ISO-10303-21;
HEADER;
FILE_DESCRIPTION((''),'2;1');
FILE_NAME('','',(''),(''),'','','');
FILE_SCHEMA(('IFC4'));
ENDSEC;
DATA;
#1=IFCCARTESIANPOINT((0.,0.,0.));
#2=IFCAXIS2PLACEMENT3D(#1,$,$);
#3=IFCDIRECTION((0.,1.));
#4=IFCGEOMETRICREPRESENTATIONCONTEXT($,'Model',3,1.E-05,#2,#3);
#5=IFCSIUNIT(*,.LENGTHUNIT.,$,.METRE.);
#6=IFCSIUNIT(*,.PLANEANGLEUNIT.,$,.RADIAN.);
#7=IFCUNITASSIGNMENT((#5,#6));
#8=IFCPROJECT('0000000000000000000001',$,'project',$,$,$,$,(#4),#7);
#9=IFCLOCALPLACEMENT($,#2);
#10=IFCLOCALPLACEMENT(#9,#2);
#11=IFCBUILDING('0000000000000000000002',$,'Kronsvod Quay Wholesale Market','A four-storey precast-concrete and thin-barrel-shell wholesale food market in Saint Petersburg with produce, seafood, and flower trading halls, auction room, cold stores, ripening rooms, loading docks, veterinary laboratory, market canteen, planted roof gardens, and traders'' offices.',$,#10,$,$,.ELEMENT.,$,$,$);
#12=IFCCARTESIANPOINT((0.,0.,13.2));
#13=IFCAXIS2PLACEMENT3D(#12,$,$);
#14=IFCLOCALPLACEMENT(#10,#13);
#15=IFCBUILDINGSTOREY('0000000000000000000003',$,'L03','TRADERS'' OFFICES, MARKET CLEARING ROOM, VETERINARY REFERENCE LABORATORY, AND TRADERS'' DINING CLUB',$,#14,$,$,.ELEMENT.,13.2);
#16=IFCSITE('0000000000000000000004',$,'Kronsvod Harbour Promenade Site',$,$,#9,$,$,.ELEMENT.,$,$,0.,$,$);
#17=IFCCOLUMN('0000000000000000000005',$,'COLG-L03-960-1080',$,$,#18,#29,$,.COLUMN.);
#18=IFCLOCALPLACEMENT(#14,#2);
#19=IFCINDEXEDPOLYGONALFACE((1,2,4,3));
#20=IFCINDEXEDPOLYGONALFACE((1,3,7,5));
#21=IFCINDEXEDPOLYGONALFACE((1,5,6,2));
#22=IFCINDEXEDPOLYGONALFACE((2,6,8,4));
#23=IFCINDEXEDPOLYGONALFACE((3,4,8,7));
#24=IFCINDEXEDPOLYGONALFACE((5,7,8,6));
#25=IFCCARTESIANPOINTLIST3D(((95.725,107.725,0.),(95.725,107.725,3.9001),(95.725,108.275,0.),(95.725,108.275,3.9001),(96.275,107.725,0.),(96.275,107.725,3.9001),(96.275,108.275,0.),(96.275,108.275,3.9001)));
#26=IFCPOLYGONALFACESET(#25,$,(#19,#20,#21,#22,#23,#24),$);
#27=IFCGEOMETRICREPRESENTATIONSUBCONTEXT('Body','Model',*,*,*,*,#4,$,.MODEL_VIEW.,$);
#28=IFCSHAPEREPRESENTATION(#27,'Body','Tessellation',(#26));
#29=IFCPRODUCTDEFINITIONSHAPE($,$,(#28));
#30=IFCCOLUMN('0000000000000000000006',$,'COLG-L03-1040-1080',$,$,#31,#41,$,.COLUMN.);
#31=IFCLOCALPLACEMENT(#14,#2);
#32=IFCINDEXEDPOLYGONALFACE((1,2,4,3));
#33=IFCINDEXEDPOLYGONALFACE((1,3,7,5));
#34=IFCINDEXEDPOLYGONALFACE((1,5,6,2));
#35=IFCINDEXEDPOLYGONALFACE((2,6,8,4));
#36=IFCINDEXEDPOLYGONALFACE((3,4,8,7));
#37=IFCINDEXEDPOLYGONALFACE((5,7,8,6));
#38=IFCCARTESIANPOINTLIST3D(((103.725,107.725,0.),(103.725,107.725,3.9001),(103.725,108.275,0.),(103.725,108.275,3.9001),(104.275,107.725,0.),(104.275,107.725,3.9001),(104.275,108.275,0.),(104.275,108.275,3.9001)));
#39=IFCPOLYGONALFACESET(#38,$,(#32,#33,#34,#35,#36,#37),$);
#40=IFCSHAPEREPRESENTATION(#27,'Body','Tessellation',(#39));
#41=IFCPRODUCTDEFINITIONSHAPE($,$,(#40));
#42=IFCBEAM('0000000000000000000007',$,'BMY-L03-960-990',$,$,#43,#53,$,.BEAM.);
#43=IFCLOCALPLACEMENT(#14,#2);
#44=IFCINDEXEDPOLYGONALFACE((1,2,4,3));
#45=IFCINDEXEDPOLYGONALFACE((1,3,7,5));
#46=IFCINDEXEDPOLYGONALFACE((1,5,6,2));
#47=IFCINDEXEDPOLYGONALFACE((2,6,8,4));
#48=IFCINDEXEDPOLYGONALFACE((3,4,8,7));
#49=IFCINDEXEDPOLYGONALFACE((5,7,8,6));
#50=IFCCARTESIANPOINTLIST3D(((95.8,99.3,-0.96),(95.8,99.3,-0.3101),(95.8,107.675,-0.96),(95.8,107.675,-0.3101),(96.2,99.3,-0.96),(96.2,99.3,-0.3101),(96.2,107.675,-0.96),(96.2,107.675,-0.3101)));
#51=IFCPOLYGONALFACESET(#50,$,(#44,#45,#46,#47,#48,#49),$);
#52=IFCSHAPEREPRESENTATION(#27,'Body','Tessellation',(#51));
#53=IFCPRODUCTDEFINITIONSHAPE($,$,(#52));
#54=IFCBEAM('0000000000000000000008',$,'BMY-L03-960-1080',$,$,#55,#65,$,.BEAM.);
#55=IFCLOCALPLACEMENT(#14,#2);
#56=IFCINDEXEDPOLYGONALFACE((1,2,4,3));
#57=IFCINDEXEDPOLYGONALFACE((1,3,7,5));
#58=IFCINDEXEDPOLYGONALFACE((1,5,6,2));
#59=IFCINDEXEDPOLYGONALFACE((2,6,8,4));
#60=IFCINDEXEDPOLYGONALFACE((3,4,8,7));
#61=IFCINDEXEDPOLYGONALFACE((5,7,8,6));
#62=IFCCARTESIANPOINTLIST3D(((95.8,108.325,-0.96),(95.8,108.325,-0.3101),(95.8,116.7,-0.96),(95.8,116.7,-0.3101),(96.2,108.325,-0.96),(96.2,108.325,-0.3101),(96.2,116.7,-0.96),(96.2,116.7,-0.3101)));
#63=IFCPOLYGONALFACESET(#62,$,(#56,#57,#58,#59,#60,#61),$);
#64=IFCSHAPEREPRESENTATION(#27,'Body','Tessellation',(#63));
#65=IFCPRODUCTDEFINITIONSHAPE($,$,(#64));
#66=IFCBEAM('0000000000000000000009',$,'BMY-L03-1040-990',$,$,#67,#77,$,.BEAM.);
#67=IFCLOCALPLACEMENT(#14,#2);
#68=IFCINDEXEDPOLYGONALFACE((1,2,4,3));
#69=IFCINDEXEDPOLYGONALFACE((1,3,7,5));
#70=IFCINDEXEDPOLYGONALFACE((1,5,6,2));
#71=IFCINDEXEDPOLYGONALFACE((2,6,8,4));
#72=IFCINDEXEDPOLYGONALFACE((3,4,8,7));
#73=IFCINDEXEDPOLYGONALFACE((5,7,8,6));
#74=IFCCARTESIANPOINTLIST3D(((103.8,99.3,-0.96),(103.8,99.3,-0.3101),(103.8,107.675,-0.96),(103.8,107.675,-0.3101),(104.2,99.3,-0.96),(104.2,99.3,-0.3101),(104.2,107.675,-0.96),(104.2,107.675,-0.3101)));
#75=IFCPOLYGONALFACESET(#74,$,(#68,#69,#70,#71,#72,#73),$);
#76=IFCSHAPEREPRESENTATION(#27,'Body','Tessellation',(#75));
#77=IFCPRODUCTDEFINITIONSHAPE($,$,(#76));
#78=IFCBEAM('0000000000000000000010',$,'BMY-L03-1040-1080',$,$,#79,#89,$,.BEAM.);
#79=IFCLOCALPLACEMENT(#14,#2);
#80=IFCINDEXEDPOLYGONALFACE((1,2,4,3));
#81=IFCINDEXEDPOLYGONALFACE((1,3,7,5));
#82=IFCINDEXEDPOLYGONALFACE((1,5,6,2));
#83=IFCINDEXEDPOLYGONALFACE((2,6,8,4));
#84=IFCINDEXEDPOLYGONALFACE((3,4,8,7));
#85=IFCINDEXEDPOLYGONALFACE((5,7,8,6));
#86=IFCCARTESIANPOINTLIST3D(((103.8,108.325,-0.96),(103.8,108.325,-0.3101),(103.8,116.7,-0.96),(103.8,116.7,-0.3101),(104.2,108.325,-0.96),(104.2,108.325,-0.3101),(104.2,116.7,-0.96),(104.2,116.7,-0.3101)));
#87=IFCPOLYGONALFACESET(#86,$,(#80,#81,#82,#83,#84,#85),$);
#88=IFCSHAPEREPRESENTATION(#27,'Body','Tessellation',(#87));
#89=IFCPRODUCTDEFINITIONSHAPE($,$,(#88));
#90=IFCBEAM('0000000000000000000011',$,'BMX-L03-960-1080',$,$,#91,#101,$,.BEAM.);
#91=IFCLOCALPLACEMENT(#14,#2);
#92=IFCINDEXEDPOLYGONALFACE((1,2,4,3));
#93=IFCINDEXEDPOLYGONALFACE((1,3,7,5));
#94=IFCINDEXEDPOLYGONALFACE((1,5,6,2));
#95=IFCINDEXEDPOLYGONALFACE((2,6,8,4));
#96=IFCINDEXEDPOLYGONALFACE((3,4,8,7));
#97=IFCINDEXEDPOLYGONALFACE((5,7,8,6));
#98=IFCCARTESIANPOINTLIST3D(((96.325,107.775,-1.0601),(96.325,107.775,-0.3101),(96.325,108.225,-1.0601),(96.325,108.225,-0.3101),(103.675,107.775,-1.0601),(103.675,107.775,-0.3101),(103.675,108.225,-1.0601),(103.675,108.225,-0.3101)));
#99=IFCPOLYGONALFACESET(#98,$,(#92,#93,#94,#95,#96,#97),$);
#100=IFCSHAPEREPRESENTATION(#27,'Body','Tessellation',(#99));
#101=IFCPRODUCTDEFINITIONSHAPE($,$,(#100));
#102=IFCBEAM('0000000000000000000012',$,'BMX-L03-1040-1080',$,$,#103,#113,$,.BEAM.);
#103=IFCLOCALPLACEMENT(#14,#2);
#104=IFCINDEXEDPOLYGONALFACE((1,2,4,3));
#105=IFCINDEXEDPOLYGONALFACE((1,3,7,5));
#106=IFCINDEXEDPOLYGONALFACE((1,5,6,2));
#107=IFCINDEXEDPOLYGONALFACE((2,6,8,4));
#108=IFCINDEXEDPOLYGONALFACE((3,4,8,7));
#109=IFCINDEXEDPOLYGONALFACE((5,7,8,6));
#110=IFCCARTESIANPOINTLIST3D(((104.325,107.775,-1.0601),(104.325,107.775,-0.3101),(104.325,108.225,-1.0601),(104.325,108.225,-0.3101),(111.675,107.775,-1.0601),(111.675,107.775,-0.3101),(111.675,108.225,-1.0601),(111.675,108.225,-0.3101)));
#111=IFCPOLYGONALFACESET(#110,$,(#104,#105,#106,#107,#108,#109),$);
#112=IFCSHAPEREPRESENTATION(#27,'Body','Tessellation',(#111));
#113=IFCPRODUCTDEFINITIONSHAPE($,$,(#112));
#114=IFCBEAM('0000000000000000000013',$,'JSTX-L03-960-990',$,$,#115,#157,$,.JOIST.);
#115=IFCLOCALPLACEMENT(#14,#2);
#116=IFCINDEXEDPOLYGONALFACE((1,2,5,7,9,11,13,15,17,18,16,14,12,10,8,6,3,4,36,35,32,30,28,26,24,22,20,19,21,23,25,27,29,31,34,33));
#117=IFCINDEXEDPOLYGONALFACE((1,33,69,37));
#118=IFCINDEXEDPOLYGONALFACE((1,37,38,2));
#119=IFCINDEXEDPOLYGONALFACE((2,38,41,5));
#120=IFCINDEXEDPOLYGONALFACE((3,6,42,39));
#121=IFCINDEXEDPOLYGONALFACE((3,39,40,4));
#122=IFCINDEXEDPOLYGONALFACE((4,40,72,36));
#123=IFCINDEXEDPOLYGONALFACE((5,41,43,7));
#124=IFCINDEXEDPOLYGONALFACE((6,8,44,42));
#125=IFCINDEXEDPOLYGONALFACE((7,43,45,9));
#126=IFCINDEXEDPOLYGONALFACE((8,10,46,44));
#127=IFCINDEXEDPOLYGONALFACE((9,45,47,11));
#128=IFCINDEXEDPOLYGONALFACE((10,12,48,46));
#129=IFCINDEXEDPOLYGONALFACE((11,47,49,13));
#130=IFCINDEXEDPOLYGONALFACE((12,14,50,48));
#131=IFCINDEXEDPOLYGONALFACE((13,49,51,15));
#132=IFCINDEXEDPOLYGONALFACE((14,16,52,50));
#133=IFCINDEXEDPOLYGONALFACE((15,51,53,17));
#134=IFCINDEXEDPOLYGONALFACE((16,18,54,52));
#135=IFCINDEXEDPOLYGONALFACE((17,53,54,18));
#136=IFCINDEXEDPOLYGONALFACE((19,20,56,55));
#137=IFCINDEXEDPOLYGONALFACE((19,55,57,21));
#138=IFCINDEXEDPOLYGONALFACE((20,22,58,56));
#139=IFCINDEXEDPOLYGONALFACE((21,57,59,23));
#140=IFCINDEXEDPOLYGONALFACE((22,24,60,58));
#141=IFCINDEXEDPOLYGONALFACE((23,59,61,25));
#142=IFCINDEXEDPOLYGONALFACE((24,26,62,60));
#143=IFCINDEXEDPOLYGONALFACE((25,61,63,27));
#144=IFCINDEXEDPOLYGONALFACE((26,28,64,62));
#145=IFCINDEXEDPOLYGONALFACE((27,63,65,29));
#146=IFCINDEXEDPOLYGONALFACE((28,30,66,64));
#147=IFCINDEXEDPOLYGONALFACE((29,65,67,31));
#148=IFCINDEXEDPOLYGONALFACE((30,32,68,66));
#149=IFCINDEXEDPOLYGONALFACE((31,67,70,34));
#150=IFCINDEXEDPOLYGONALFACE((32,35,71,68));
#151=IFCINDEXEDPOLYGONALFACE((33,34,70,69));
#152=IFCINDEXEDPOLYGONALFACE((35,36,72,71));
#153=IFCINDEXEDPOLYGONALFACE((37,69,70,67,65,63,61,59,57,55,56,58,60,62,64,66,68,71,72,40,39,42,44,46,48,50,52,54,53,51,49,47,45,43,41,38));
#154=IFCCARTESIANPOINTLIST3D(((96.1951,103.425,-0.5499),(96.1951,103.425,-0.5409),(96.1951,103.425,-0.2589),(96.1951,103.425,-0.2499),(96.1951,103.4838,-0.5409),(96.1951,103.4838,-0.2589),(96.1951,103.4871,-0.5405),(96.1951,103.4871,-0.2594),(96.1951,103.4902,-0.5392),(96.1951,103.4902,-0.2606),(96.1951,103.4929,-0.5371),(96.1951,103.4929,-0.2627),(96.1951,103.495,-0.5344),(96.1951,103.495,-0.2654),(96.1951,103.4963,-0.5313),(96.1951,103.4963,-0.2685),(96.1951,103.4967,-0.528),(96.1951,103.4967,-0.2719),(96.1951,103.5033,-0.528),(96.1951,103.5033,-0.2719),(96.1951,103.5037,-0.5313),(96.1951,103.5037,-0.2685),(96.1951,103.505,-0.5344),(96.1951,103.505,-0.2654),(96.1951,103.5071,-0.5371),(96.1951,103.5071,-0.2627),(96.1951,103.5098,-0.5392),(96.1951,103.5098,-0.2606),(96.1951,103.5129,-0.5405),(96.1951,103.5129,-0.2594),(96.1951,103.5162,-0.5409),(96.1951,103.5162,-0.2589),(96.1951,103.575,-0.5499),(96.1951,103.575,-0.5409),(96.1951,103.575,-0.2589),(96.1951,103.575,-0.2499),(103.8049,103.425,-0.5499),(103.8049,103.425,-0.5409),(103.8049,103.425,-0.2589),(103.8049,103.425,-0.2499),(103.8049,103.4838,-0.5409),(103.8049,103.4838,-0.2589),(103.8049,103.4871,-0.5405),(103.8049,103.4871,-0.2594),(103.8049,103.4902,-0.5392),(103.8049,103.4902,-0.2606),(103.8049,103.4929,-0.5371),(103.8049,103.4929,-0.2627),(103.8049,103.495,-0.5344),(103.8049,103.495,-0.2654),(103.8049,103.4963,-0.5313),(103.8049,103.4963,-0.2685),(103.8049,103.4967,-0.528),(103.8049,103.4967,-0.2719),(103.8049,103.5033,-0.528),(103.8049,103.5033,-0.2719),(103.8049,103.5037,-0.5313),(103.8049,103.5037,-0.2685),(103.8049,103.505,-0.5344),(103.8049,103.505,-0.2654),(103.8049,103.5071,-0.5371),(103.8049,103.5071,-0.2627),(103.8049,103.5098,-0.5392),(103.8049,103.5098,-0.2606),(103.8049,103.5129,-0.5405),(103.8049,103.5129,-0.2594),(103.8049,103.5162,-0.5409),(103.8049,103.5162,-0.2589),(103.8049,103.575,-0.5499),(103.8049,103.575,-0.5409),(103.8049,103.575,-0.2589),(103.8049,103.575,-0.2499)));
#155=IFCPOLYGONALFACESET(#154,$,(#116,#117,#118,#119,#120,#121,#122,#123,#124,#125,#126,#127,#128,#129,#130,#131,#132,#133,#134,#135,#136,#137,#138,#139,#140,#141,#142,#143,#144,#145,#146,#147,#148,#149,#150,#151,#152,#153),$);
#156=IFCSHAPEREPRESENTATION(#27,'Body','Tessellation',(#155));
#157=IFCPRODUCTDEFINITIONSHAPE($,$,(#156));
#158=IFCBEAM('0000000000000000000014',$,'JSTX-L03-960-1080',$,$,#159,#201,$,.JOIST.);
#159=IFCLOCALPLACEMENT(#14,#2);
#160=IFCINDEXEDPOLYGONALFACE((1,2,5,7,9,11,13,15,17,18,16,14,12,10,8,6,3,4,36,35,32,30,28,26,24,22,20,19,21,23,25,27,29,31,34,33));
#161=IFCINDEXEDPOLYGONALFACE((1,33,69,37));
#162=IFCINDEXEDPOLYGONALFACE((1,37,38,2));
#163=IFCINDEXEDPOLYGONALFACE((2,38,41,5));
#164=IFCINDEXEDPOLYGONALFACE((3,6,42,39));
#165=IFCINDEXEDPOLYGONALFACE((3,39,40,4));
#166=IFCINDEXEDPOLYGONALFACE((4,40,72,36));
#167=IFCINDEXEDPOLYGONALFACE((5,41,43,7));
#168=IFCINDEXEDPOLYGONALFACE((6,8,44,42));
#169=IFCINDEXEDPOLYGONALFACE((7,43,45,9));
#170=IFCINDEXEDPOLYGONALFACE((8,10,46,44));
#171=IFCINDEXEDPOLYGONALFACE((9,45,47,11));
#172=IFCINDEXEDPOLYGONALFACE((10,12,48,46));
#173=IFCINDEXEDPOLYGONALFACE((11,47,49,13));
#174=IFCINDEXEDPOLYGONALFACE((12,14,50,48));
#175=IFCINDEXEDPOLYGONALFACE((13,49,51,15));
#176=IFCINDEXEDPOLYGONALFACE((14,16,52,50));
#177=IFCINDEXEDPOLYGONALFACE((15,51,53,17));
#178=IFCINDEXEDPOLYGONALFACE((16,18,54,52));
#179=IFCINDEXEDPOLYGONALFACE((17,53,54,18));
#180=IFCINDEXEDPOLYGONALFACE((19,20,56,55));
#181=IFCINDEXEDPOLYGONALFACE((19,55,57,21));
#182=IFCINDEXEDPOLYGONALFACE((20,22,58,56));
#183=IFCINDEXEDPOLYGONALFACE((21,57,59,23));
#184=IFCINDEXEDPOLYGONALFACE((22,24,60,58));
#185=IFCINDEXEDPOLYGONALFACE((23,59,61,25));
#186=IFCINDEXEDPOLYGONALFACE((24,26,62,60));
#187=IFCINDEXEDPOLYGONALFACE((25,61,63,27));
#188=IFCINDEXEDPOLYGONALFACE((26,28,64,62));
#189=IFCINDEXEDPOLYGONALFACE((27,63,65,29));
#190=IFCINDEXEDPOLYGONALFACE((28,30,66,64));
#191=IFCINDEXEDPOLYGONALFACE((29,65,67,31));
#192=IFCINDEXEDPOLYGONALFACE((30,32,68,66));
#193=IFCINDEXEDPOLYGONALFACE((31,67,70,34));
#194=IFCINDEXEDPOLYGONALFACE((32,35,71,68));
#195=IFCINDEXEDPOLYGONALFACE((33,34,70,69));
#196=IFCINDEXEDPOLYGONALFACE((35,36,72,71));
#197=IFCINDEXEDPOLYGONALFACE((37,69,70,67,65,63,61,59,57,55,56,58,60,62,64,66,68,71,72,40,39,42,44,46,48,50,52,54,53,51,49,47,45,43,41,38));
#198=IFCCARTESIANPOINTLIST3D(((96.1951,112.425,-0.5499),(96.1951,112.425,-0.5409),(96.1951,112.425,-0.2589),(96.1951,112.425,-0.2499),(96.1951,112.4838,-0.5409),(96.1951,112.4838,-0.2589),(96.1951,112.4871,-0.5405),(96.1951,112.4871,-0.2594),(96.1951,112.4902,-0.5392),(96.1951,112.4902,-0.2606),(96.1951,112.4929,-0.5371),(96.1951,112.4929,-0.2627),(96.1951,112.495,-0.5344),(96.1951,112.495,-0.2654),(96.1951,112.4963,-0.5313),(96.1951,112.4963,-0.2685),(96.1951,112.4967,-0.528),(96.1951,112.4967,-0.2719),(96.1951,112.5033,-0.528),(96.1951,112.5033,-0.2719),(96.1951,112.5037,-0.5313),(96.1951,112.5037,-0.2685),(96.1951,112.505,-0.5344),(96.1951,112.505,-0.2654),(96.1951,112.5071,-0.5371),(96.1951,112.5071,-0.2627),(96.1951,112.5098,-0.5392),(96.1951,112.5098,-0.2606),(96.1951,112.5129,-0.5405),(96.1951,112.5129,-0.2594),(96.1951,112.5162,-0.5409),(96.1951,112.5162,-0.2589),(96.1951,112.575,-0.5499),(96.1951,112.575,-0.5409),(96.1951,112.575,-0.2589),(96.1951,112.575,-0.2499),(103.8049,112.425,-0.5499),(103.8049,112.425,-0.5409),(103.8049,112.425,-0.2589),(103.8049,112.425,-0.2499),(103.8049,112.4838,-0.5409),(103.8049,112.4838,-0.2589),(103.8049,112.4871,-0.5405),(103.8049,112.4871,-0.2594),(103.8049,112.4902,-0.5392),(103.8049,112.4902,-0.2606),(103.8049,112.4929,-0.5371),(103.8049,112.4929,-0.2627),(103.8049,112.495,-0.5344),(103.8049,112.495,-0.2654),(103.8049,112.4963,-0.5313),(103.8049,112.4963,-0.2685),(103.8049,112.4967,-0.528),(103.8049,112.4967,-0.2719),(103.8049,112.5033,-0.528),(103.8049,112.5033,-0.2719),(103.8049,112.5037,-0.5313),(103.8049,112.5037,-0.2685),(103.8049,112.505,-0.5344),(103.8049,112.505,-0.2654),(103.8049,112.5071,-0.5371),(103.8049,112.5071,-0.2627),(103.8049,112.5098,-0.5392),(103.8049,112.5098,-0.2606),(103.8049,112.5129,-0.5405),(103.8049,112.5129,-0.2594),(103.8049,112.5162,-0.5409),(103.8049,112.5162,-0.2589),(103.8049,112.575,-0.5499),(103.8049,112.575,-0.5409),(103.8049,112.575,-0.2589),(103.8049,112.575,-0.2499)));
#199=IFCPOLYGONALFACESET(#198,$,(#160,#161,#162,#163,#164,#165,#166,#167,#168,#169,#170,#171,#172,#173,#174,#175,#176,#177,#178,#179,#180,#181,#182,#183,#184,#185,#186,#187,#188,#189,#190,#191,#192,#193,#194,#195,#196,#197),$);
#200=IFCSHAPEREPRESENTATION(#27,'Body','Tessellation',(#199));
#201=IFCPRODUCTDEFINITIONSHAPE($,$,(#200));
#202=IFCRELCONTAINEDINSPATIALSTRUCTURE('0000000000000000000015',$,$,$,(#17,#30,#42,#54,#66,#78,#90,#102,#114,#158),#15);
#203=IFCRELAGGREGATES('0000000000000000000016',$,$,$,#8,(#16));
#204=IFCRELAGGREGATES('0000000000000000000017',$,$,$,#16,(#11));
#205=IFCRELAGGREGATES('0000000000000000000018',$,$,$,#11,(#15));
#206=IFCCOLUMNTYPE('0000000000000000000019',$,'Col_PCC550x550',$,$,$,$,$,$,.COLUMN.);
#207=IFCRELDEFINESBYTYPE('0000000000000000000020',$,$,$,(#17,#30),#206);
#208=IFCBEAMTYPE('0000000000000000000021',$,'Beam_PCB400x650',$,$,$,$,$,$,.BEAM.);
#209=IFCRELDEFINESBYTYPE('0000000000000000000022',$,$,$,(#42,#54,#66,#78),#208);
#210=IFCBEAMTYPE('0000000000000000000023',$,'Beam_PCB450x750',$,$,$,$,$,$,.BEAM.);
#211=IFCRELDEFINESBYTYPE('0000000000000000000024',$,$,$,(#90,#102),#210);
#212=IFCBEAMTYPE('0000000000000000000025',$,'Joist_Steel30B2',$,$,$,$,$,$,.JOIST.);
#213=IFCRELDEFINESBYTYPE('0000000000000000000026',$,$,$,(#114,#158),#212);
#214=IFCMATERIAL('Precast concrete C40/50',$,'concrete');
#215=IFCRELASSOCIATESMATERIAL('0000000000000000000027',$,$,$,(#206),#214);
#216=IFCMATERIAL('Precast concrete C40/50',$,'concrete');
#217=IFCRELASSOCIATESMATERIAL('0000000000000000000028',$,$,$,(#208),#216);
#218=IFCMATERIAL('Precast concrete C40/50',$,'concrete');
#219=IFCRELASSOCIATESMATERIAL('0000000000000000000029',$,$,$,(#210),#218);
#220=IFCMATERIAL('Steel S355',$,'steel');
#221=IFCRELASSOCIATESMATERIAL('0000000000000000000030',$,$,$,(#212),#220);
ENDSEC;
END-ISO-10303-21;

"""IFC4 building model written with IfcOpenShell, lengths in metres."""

from ifc_helpers import new_model, si_unit, direction, frame, origin, origin_2d, place, context, subcontext, project, spatial, rectangle, i_section, extrude, material, material_profile, profile_set, type_object, element, save


model = new_model("IFC4")

# Units and contexts
model_context = context("Model", 3, precision=1e-05, world=origin(), true_north=direction((0.0, 1.0)))
body_context = subcontext(model_context, "Body", "Model", "MODEL_VIEW")
ifc_project = project(units=[si_unit("LENGTHUNIT", "METRE"), si_unit("PLANEANGLEUNIT", "RADIAN")], contexts=[model_context])

# Site, building, storey
site_placement = place(None, origin())
site = spatial("IfcSite", under=ifc_project, at=site_placement, Name="Kronsvod Harbour Promenade Site", CompositionType="ELEMENT", RefElevation=0.0)
building_placement = place(site_placement, origin())
building = spatial("IfcBuilding", under=site, at=building_placement, Name="Kronsvod Quay Wholesale Market", Description="A four-storey precast-concrete and thin-barrel-shell wholesale food market in Saint Petersburg with produce, seafood, and flower trading halls, auction room, cold stores, ripening rooms, loading docks, veterinary laboratory, market canteen, planted roof gardens, and traders' offices.", CompositionType="ELEMENT")
storey_placement = place(building_placement, frame((0.0, 0.0, 13.2)))
storey = spatial("IfcBuildingStorey", under=building, at=storey_placement, Name="L03", Description="TRADERS' OFFICES, MARKET CLEARING ROOM, VETERINARY REFERENCE LABORATORY, AND TRADERS' DINING CLUB", CompositionType="ELEMENT", Elevation=13.2)

# Columns
ifc_material_1 = material(Name="Precast concrete C40/50", Category="concrete")
ifc_material_profile_1 = material_profile(ifc_material_1, rectangle(XDim=0.55, YDim=0.55, at=origin_2d()), Name="COL-09")
ifc_profile_set_1 = profile_set([ifc_material_profile_1], Name="Precast concrete C40/50")
column_type = type_object("IfcColumnType", Name="Col_PCC550x550", PredefinedType="COLUMN", material=ifc_profile_set_1)
for number, where, z_axis, x_axis, name in (
    (1, (96.0, 108.0, 0.0), (0.0, 0.0, 1.0), (1.0, 0.0, 0.0), "COLG-L03-960-1080"),
    (2, (104.0, 108.0, 0.0), (0.0, 0.0, 1.0), (1.0, 0.0, 0.0), "COLG-L03-1040-1080"),
):
    element("IfcColumn", number, at=place(storey_placement, frame(where, z_axis=z_axis, x_axis=x_axis)), inside=storey, type_object=column_type, Name=name, PredefinedType="COLUMN", context=body_context, shape_type="SweptSolid", body=[
        extrude(rectangle(XDim=0.55, YDim=0.55, at=origin_2d()), origin(), (0.0, 0.0, 1.0), 3.9001),
    ])

# Beams
ifc_material_2 = material(Name="Precast concrete C40/50", Category="concrete")
ifc_material_profile_2 = material_profile(ifc_material_2, rectangle(XDim=0.3999, YDim=0.6499, at=origin_2d()), Name="PCB400x650")
ifc_profile_set_2 = profile_set([ifc_material_profile_2], Name="Precast concrete C40/50")
beam_type_1 = type_object("IfcBeamType", Name="Beam_PCB400x650", PredefinedType="BEAM", material=ifc_profile_set_2)
for number, where, z_axis, x_axis, name in (
    (3, (96.0, 99.3, -0.635), (0.0, 1.0, 0.0), (-1.0, 0.0, 0.0), "BMY-L03-960-990"),
    (4, (96.0, 108.325, -0.635), (0.0, 1.0, 0.0), (-1.0, 0.0, 0.0), "BMY-L03-960-1080"),
    (5, (104.0, 99.3, -0.635), (0.0, 1.0, 0.0), (-1.0, 0.0, 0.0), "BMY-L03-1040-990"),
    (6, (104.0, 108.325, -0.635), (0.0, 1.0, 0.0), (-1.0, 0.0, 0.0), "BMY-L03-1040-1080"),
):
    element("IfcBeam", number, at=place(storey_placement, frame(where, z_axis=z_axis, x_axis=x_axis)), inside=storey, type_object=beam_type_1, Name=name, PredefinedType="BEAM", context=body_context, shape_type="SweptSolid", body=[
        extrude(rectangle(XDim=0.3999, YDim=0.6499, at=origin_2d()), origin(), (0.0, 0.0, 1.0), 8.375),
    ])
ifc_material_3 = material(Name="Precast concrete C40/50", Category="concrete")
ifc_material_profile_3 = material_profile(ifc_material_3, rectangle(XDim=0.45, YDim=0.75, at=origin_2d()), Name="PCB450x750")
ifc_profile_set_3 = profile_set([ifc_material_profile_3], Name="Precast concrete C40/50")
beam_type_2 = type_object("IfcBeamType", Name="Beam_PCB450x750", PredefinedType="BEAM", material=ifc_profile_set_3)
for number, where, z_axis, x_axis, name in (
    (7, (96.325, 108.0, -0.6851), (1.0, 0.0, 0.0), (0.0, 1.0, 0.0), "BMX-L03-960-1080"),
    (8, (104.325, 108.0, -0.6851), (1.0, 0.0, 0.0), (0.0, 1.0, 0.0), "BMX-L03-1040-1080"),
):
    element("IfcBeam", number, at=place(storey_placement, frame(where, z_axis=z_axis, x_axis=x_axis)), inside=storey, type_object=beam_type_2, Name=name, PredefinedType="BEAM", context=body_context, shape_type="SweptSolid", body=[
        extrude(rectangle(XDim=0.45, YDim=0.75, at=origin_2d()), origin(), (0.0, 0.0, 1.0), 7.3501),
    ])
ifc_material_4 = material(Name="Steel S355", Category="steel")
ifc_material_profile_4 = material_profile(ifc_material_4, i_section(OverallWidth=0.1499, OverallDepth=0.3, WebThickness=0.0066, FlangeThickness=0.009, FilletRadius=0.0129, at=origin_2d()), Name="30B2")
ifc_profile_set_4 = profile_set([ifc_material_profile_4], Name="Steel S355")
beam_type_3 = type_object("IfcBeamType", Name="Joist_Steel30B2", PredefinedType="JOIST", material=ifc_profile_set_4)
for number, where, z_axis, x_axis, name in (
    (9, (96.1951, 103.5, -0.3999), (1.0, 0.0, 0.0), (0.0, 1.0, 0.0), "JSTX-L03-960-990"),
    (10, (96.1951, 112.5, -0.3999), (1.0, 0.0, 0.0), (0.0, 1.0, 0.0), "JSTX-L03-960-1080"),
):
    element("IfcBeam", number, at=place(storey_placement, frame(where, z_axis=z_axis, x_axis=x_axis)), inside=storey, type_object=beam_type_3, Name=name, PredefinedType="JOIST", context=body_context, shape_type="SweptSolid", body=[
        extrude(i_section(OverallWidth=0.1499, OverallDepth=0.3, WebThickness=0.0066, FlangeThickness=0.009, FilletRadius=0.0129, at=origin_2d()), origin(), (0.0, 0.0, 1.0), 7.6099),
    ])

save(model, "model.ifc")
